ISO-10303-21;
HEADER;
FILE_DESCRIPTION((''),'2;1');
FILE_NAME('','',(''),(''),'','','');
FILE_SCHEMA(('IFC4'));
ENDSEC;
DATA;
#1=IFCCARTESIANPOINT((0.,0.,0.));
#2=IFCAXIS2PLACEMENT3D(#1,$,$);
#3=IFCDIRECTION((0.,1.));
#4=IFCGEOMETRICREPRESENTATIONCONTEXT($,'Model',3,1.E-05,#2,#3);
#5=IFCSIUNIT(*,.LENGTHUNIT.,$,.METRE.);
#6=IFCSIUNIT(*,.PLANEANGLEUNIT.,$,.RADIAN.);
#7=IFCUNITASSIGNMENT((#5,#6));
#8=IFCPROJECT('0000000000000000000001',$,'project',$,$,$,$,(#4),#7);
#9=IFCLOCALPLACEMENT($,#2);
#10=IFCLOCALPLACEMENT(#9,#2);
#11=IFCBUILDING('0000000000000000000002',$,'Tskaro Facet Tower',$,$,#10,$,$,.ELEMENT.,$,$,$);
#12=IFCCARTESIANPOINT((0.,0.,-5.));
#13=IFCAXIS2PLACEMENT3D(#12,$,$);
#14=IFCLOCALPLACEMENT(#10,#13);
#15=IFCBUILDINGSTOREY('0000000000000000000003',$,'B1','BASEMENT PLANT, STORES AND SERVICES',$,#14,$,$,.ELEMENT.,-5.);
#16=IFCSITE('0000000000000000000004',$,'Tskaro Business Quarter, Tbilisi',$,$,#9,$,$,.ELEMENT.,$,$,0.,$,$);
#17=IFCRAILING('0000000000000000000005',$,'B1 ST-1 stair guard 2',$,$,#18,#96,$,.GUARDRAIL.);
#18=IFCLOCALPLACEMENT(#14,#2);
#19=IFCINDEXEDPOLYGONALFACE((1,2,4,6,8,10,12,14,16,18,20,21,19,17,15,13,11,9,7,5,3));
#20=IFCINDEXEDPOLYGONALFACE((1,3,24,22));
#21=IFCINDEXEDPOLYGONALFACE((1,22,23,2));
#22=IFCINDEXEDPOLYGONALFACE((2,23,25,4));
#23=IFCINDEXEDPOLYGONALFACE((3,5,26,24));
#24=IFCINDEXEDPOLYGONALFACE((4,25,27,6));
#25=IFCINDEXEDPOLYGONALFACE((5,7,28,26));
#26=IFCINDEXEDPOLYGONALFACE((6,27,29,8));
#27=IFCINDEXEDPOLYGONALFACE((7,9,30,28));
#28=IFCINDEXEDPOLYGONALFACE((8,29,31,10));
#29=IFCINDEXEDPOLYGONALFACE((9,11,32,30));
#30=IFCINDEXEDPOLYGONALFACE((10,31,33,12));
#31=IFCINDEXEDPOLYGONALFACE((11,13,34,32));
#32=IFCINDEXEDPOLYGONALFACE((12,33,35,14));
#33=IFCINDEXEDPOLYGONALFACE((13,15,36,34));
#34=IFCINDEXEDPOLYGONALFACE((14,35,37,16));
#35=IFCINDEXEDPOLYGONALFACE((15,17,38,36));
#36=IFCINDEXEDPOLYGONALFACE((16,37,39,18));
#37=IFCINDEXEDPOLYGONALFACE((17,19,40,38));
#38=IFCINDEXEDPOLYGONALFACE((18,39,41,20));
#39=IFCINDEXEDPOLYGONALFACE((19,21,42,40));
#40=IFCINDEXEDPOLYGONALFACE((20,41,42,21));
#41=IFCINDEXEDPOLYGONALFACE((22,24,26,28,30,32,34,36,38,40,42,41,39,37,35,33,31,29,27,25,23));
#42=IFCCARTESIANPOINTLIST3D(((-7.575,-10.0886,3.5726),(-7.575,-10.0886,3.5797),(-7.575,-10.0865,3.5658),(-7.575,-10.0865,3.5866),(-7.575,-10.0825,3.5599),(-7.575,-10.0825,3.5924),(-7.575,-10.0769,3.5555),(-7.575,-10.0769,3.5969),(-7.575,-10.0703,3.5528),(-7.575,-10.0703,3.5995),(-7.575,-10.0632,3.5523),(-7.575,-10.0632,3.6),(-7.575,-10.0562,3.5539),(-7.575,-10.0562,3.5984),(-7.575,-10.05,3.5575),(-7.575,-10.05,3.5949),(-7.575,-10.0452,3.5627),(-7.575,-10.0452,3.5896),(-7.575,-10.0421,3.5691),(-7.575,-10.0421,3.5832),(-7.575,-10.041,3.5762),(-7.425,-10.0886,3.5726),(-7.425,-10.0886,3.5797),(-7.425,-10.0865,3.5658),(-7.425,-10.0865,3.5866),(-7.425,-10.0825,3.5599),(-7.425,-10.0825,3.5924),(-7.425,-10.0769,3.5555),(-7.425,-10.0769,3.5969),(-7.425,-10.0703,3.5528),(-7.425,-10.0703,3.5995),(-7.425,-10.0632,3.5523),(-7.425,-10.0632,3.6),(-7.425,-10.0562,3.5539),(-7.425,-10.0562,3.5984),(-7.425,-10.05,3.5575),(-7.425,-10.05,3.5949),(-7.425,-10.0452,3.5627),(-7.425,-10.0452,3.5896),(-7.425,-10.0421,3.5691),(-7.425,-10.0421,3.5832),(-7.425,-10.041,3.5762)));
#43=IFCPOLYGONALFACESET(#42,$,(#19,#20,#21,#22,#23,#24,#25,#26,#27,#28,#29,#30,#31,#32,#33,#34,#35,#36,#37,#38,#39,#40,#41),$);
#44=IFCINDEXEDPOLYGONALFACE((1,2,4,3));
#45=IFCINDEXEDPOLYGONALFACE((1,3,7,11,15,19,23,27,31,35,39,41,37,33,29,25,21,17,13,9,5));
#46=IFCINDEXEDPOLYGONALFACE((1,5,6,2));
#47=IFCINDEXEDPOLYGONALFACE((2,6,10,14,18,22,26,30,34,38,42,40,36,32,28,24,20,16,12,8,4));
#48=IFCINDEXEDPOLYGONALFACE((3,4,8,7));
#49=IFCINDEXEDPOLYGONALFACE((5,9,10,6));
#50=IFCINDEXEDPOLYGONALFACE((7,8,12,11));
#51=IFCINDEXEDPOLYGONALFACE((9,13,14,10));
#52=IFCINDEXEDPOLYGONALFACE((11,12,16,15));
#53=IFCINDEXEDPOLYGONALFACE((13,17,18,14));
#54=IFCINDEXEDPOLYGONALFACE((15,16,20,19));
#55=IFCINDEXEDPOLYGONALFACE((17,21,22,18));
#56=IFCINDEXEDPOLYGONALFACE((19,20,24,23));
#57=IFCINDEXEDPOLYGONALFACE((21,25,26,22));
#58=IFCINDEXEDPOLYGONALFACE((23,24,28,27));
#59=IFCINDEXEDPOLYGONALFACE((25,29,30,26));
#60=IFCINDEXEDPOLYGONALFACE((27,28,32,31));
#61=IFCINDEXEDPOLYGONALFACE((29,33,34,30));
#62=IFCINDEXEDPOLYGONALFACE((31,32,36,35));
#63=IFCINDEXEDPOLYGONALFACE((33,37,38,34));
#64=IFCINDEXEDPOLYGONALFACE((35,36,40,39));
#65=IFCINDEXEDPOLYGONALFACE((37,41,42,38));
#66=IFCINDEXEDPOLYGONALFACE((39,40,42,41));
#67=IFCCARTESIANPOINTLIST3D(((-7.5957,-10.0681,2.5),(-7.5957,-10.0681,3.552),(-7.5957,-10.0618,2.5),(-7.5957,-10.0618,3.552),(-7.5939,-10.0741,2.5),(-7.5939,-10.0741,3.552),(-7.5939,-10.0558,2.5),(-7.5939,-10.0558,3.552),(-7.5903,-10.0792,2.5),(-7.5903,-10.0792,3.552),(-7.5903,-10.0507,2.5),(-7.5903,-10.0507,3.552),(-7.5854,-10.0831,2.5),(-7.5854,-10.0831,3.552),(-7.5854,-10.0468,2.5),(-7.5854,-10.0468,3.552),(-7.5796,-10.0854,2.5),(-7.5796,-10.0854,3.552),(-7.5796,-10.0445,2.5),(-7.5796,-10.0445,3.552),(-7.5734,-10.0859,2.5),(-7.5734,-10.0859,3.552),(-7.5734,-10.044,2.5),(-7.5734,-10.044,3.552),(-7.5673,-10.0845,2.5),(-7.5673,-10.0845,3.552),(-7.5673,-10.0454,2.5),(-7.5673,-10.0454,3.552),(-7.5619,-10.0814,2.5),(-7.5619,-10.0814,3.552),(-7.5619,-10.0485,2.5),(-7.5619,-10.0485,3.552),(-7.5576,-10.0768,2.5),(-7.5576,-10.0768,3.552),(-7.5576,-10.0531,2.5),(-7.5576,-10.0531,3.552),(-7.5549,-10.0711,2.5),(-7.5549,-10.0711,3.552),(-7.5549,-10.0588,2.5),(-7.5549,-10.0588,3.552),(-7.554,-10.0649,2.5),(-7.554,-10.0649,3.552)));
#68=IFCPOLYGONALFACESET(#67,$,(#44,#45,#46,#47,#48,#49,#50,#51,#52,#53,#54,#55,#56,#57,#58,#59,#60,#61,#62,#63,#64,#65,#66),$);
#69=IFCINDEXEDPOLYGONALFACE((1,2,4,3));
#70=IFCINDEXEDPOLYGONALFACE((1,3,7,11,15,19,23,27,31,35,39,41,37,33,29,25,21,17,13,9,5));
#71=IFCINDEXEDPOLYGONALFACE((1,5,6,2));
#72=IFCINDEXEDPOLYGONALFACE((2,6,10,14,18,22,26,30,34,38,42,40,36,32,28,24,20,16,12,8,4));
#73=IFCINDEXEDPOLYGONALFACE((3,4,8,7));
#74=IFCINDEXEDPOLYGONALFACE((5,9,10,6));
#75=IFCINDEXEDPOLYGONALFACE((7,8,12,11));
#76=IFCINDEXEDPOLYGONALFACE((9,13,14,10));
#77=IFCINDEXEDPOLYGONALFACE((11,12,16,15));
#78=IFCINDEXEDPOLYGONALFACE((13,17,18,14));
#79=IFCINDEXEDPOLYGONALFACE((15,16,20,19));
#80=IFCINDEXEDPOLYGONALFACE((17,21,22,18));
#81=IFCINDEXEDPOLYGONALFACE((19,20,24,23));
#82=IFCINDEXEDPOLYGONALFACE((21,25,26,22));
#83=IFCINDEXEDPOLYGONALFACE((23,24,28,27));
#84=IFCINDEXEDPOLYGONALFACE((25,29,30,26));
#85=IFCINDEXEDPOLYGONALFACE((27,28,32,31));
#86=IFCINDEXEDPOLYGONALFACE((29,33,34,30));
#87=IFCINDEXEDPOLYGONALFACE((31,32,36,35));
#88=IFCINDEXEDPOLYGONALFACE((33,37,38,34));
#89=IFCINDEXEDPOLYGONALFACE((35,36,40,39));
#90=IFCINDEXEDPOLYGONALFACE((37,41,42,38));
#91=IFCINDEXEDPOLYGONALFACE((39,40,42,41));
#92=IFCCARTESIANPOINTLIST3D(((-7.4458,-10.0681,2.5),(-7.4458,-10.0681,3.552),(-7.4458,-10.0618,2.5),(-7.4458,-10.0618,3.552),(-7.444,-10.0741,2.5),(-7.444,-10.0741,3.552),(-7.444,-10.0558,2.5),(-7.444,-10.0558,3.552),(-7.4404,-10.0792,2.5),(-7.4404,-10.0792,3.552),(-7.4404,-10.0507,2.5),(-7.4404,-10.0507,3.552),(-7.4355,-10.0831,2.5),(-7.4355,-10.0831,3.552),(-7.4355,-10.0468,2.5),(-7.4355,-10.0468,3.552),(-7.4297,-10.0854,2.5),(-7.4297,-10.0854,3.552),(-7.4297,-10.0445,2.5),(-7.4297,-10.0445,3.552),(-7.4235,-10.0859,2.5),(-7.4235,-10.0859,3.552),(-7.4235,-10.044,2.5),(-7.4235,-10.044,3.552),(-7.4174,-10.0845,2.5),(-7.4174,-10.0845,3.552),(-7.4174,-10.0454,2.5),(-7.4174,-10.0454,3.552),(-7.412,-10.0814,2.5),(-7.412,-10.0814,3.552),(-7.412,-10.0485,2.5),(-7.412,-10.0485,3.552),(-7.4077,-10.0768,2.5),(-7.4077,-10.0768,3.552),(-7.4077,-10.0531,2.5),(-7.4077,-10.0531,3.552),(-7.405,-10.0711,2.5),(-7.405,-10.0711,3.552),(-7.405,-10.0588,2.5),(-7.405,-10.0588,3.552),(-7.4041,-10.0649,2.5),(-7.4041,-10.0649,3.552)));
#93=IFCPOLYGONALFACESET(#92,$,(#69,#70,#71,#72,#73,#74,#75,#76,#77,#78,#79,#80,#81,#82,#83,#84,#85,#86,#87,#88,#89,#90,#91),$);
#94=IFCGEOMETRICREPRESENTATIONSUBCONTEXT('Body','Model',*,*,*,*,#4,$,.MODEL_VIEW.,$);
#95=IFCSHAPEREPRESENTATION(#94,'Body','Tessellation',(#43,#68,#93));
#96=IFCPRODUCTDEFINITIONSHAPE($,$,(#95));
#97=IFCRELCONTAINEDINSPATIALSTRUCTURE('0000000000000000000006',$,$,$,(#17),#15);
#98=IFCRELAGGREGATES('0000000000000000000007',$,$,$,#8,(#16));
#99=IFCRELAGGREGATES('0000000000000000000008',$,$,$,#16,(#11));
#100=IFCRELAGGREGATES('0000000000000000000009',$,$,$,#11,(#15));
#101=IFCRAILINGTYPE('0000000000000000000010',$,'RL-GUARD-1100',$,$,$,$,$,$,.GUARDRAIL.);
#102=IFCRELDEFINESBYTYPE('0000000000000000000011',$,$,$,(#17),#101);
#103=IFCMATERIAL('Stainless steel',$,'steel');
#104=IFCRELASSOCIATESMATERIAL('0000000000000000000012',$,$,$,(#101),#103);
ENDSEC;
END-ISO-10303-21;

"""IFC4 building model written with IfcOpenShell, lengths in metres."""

from ifc_helpers import new_model, si_unit, direction, frame, origin, origin_2d, place, context, subcontext, project, spatial, circle, extrude, material, type_object, element, save


model = new_model("IFC4")

# Units and contexts
model_context = context("Model", 3, precision=1e-05, world=origin(), true_north=direction((0.0, 1.0)))
body_context = subcontext(model_context, "Body", "Model", "MODEL_VIEW")
ifc_project = project(units=[si_unit("LENGTHUNIT", "METRE"), si_unit("PLANEANGLEUNIT", "RADIAN")], contexts=[model_context])

# Site, building, storey
site_placement = place(None, origin())
site = spatial("IfcSite", under=ifc_project, at=site_placement, Name="Tskaro Business Quarter, Tbilisi", CompositionType="ELEMENT", RefElevation=0.0)
building_placement = place(site_placement, origin())
building = spatial("IfcBuilding", under=site, at=building_placement, Name="Tskaro Facet Tower", CompositionType="ELEMENT")
storey_placement = place(building_placement, frame((0.0, 0.0, -5.0)))
storey = spatial("IfcBuildingStorey", under=building, at=storey_placement, Name="B1", Description="BASEMENT PLANT, STORES AND SERVICES", CompositionType="ELEMENT", Elevation=-5.0)

# Shared definitions
ifc_material_1 = material(Name="Stainless steel", Category="steel")

# Railing
railing_type_1 = type_object("IfcRailingType", Name="RL-GUARD-1100", PredefinedType="GUARDRAIL", material=ifc_material_1)
railing_1_placement = place(storey_placement, frame((-7.575, -10.0649, 2.5)))
element("IfcRailing", 1, at=railing_1_placement, inside=storey, type_object=railing_type_1, Name="B1 ST-1 stair guard 2", PredefinedType="GUARDRAIL", context=body_context, shape_type="SweptSolid", body=[
    extrude(circle(Radius=0.0239, at=origin_2d()), frame((0.0, 0.0, 1.0762), z_axis=(1.0, 0.0, 0.0), x_axis=(0.0, 1.0, 0.0)), (0.0, 0.0, 1.0), 0.1499),
    extrude(circle(Radius=0.021, at=origin_2d()), origin(), (0.0, 0.0, 1.0), 1.052),
    extrude(circle(Radius=0.021, at=origin_2d()), frame((0.1499, 0.0, 0.0)), (0.0, 0.0, 1.0), 1.052),
])

save(model, "model.ifc")
